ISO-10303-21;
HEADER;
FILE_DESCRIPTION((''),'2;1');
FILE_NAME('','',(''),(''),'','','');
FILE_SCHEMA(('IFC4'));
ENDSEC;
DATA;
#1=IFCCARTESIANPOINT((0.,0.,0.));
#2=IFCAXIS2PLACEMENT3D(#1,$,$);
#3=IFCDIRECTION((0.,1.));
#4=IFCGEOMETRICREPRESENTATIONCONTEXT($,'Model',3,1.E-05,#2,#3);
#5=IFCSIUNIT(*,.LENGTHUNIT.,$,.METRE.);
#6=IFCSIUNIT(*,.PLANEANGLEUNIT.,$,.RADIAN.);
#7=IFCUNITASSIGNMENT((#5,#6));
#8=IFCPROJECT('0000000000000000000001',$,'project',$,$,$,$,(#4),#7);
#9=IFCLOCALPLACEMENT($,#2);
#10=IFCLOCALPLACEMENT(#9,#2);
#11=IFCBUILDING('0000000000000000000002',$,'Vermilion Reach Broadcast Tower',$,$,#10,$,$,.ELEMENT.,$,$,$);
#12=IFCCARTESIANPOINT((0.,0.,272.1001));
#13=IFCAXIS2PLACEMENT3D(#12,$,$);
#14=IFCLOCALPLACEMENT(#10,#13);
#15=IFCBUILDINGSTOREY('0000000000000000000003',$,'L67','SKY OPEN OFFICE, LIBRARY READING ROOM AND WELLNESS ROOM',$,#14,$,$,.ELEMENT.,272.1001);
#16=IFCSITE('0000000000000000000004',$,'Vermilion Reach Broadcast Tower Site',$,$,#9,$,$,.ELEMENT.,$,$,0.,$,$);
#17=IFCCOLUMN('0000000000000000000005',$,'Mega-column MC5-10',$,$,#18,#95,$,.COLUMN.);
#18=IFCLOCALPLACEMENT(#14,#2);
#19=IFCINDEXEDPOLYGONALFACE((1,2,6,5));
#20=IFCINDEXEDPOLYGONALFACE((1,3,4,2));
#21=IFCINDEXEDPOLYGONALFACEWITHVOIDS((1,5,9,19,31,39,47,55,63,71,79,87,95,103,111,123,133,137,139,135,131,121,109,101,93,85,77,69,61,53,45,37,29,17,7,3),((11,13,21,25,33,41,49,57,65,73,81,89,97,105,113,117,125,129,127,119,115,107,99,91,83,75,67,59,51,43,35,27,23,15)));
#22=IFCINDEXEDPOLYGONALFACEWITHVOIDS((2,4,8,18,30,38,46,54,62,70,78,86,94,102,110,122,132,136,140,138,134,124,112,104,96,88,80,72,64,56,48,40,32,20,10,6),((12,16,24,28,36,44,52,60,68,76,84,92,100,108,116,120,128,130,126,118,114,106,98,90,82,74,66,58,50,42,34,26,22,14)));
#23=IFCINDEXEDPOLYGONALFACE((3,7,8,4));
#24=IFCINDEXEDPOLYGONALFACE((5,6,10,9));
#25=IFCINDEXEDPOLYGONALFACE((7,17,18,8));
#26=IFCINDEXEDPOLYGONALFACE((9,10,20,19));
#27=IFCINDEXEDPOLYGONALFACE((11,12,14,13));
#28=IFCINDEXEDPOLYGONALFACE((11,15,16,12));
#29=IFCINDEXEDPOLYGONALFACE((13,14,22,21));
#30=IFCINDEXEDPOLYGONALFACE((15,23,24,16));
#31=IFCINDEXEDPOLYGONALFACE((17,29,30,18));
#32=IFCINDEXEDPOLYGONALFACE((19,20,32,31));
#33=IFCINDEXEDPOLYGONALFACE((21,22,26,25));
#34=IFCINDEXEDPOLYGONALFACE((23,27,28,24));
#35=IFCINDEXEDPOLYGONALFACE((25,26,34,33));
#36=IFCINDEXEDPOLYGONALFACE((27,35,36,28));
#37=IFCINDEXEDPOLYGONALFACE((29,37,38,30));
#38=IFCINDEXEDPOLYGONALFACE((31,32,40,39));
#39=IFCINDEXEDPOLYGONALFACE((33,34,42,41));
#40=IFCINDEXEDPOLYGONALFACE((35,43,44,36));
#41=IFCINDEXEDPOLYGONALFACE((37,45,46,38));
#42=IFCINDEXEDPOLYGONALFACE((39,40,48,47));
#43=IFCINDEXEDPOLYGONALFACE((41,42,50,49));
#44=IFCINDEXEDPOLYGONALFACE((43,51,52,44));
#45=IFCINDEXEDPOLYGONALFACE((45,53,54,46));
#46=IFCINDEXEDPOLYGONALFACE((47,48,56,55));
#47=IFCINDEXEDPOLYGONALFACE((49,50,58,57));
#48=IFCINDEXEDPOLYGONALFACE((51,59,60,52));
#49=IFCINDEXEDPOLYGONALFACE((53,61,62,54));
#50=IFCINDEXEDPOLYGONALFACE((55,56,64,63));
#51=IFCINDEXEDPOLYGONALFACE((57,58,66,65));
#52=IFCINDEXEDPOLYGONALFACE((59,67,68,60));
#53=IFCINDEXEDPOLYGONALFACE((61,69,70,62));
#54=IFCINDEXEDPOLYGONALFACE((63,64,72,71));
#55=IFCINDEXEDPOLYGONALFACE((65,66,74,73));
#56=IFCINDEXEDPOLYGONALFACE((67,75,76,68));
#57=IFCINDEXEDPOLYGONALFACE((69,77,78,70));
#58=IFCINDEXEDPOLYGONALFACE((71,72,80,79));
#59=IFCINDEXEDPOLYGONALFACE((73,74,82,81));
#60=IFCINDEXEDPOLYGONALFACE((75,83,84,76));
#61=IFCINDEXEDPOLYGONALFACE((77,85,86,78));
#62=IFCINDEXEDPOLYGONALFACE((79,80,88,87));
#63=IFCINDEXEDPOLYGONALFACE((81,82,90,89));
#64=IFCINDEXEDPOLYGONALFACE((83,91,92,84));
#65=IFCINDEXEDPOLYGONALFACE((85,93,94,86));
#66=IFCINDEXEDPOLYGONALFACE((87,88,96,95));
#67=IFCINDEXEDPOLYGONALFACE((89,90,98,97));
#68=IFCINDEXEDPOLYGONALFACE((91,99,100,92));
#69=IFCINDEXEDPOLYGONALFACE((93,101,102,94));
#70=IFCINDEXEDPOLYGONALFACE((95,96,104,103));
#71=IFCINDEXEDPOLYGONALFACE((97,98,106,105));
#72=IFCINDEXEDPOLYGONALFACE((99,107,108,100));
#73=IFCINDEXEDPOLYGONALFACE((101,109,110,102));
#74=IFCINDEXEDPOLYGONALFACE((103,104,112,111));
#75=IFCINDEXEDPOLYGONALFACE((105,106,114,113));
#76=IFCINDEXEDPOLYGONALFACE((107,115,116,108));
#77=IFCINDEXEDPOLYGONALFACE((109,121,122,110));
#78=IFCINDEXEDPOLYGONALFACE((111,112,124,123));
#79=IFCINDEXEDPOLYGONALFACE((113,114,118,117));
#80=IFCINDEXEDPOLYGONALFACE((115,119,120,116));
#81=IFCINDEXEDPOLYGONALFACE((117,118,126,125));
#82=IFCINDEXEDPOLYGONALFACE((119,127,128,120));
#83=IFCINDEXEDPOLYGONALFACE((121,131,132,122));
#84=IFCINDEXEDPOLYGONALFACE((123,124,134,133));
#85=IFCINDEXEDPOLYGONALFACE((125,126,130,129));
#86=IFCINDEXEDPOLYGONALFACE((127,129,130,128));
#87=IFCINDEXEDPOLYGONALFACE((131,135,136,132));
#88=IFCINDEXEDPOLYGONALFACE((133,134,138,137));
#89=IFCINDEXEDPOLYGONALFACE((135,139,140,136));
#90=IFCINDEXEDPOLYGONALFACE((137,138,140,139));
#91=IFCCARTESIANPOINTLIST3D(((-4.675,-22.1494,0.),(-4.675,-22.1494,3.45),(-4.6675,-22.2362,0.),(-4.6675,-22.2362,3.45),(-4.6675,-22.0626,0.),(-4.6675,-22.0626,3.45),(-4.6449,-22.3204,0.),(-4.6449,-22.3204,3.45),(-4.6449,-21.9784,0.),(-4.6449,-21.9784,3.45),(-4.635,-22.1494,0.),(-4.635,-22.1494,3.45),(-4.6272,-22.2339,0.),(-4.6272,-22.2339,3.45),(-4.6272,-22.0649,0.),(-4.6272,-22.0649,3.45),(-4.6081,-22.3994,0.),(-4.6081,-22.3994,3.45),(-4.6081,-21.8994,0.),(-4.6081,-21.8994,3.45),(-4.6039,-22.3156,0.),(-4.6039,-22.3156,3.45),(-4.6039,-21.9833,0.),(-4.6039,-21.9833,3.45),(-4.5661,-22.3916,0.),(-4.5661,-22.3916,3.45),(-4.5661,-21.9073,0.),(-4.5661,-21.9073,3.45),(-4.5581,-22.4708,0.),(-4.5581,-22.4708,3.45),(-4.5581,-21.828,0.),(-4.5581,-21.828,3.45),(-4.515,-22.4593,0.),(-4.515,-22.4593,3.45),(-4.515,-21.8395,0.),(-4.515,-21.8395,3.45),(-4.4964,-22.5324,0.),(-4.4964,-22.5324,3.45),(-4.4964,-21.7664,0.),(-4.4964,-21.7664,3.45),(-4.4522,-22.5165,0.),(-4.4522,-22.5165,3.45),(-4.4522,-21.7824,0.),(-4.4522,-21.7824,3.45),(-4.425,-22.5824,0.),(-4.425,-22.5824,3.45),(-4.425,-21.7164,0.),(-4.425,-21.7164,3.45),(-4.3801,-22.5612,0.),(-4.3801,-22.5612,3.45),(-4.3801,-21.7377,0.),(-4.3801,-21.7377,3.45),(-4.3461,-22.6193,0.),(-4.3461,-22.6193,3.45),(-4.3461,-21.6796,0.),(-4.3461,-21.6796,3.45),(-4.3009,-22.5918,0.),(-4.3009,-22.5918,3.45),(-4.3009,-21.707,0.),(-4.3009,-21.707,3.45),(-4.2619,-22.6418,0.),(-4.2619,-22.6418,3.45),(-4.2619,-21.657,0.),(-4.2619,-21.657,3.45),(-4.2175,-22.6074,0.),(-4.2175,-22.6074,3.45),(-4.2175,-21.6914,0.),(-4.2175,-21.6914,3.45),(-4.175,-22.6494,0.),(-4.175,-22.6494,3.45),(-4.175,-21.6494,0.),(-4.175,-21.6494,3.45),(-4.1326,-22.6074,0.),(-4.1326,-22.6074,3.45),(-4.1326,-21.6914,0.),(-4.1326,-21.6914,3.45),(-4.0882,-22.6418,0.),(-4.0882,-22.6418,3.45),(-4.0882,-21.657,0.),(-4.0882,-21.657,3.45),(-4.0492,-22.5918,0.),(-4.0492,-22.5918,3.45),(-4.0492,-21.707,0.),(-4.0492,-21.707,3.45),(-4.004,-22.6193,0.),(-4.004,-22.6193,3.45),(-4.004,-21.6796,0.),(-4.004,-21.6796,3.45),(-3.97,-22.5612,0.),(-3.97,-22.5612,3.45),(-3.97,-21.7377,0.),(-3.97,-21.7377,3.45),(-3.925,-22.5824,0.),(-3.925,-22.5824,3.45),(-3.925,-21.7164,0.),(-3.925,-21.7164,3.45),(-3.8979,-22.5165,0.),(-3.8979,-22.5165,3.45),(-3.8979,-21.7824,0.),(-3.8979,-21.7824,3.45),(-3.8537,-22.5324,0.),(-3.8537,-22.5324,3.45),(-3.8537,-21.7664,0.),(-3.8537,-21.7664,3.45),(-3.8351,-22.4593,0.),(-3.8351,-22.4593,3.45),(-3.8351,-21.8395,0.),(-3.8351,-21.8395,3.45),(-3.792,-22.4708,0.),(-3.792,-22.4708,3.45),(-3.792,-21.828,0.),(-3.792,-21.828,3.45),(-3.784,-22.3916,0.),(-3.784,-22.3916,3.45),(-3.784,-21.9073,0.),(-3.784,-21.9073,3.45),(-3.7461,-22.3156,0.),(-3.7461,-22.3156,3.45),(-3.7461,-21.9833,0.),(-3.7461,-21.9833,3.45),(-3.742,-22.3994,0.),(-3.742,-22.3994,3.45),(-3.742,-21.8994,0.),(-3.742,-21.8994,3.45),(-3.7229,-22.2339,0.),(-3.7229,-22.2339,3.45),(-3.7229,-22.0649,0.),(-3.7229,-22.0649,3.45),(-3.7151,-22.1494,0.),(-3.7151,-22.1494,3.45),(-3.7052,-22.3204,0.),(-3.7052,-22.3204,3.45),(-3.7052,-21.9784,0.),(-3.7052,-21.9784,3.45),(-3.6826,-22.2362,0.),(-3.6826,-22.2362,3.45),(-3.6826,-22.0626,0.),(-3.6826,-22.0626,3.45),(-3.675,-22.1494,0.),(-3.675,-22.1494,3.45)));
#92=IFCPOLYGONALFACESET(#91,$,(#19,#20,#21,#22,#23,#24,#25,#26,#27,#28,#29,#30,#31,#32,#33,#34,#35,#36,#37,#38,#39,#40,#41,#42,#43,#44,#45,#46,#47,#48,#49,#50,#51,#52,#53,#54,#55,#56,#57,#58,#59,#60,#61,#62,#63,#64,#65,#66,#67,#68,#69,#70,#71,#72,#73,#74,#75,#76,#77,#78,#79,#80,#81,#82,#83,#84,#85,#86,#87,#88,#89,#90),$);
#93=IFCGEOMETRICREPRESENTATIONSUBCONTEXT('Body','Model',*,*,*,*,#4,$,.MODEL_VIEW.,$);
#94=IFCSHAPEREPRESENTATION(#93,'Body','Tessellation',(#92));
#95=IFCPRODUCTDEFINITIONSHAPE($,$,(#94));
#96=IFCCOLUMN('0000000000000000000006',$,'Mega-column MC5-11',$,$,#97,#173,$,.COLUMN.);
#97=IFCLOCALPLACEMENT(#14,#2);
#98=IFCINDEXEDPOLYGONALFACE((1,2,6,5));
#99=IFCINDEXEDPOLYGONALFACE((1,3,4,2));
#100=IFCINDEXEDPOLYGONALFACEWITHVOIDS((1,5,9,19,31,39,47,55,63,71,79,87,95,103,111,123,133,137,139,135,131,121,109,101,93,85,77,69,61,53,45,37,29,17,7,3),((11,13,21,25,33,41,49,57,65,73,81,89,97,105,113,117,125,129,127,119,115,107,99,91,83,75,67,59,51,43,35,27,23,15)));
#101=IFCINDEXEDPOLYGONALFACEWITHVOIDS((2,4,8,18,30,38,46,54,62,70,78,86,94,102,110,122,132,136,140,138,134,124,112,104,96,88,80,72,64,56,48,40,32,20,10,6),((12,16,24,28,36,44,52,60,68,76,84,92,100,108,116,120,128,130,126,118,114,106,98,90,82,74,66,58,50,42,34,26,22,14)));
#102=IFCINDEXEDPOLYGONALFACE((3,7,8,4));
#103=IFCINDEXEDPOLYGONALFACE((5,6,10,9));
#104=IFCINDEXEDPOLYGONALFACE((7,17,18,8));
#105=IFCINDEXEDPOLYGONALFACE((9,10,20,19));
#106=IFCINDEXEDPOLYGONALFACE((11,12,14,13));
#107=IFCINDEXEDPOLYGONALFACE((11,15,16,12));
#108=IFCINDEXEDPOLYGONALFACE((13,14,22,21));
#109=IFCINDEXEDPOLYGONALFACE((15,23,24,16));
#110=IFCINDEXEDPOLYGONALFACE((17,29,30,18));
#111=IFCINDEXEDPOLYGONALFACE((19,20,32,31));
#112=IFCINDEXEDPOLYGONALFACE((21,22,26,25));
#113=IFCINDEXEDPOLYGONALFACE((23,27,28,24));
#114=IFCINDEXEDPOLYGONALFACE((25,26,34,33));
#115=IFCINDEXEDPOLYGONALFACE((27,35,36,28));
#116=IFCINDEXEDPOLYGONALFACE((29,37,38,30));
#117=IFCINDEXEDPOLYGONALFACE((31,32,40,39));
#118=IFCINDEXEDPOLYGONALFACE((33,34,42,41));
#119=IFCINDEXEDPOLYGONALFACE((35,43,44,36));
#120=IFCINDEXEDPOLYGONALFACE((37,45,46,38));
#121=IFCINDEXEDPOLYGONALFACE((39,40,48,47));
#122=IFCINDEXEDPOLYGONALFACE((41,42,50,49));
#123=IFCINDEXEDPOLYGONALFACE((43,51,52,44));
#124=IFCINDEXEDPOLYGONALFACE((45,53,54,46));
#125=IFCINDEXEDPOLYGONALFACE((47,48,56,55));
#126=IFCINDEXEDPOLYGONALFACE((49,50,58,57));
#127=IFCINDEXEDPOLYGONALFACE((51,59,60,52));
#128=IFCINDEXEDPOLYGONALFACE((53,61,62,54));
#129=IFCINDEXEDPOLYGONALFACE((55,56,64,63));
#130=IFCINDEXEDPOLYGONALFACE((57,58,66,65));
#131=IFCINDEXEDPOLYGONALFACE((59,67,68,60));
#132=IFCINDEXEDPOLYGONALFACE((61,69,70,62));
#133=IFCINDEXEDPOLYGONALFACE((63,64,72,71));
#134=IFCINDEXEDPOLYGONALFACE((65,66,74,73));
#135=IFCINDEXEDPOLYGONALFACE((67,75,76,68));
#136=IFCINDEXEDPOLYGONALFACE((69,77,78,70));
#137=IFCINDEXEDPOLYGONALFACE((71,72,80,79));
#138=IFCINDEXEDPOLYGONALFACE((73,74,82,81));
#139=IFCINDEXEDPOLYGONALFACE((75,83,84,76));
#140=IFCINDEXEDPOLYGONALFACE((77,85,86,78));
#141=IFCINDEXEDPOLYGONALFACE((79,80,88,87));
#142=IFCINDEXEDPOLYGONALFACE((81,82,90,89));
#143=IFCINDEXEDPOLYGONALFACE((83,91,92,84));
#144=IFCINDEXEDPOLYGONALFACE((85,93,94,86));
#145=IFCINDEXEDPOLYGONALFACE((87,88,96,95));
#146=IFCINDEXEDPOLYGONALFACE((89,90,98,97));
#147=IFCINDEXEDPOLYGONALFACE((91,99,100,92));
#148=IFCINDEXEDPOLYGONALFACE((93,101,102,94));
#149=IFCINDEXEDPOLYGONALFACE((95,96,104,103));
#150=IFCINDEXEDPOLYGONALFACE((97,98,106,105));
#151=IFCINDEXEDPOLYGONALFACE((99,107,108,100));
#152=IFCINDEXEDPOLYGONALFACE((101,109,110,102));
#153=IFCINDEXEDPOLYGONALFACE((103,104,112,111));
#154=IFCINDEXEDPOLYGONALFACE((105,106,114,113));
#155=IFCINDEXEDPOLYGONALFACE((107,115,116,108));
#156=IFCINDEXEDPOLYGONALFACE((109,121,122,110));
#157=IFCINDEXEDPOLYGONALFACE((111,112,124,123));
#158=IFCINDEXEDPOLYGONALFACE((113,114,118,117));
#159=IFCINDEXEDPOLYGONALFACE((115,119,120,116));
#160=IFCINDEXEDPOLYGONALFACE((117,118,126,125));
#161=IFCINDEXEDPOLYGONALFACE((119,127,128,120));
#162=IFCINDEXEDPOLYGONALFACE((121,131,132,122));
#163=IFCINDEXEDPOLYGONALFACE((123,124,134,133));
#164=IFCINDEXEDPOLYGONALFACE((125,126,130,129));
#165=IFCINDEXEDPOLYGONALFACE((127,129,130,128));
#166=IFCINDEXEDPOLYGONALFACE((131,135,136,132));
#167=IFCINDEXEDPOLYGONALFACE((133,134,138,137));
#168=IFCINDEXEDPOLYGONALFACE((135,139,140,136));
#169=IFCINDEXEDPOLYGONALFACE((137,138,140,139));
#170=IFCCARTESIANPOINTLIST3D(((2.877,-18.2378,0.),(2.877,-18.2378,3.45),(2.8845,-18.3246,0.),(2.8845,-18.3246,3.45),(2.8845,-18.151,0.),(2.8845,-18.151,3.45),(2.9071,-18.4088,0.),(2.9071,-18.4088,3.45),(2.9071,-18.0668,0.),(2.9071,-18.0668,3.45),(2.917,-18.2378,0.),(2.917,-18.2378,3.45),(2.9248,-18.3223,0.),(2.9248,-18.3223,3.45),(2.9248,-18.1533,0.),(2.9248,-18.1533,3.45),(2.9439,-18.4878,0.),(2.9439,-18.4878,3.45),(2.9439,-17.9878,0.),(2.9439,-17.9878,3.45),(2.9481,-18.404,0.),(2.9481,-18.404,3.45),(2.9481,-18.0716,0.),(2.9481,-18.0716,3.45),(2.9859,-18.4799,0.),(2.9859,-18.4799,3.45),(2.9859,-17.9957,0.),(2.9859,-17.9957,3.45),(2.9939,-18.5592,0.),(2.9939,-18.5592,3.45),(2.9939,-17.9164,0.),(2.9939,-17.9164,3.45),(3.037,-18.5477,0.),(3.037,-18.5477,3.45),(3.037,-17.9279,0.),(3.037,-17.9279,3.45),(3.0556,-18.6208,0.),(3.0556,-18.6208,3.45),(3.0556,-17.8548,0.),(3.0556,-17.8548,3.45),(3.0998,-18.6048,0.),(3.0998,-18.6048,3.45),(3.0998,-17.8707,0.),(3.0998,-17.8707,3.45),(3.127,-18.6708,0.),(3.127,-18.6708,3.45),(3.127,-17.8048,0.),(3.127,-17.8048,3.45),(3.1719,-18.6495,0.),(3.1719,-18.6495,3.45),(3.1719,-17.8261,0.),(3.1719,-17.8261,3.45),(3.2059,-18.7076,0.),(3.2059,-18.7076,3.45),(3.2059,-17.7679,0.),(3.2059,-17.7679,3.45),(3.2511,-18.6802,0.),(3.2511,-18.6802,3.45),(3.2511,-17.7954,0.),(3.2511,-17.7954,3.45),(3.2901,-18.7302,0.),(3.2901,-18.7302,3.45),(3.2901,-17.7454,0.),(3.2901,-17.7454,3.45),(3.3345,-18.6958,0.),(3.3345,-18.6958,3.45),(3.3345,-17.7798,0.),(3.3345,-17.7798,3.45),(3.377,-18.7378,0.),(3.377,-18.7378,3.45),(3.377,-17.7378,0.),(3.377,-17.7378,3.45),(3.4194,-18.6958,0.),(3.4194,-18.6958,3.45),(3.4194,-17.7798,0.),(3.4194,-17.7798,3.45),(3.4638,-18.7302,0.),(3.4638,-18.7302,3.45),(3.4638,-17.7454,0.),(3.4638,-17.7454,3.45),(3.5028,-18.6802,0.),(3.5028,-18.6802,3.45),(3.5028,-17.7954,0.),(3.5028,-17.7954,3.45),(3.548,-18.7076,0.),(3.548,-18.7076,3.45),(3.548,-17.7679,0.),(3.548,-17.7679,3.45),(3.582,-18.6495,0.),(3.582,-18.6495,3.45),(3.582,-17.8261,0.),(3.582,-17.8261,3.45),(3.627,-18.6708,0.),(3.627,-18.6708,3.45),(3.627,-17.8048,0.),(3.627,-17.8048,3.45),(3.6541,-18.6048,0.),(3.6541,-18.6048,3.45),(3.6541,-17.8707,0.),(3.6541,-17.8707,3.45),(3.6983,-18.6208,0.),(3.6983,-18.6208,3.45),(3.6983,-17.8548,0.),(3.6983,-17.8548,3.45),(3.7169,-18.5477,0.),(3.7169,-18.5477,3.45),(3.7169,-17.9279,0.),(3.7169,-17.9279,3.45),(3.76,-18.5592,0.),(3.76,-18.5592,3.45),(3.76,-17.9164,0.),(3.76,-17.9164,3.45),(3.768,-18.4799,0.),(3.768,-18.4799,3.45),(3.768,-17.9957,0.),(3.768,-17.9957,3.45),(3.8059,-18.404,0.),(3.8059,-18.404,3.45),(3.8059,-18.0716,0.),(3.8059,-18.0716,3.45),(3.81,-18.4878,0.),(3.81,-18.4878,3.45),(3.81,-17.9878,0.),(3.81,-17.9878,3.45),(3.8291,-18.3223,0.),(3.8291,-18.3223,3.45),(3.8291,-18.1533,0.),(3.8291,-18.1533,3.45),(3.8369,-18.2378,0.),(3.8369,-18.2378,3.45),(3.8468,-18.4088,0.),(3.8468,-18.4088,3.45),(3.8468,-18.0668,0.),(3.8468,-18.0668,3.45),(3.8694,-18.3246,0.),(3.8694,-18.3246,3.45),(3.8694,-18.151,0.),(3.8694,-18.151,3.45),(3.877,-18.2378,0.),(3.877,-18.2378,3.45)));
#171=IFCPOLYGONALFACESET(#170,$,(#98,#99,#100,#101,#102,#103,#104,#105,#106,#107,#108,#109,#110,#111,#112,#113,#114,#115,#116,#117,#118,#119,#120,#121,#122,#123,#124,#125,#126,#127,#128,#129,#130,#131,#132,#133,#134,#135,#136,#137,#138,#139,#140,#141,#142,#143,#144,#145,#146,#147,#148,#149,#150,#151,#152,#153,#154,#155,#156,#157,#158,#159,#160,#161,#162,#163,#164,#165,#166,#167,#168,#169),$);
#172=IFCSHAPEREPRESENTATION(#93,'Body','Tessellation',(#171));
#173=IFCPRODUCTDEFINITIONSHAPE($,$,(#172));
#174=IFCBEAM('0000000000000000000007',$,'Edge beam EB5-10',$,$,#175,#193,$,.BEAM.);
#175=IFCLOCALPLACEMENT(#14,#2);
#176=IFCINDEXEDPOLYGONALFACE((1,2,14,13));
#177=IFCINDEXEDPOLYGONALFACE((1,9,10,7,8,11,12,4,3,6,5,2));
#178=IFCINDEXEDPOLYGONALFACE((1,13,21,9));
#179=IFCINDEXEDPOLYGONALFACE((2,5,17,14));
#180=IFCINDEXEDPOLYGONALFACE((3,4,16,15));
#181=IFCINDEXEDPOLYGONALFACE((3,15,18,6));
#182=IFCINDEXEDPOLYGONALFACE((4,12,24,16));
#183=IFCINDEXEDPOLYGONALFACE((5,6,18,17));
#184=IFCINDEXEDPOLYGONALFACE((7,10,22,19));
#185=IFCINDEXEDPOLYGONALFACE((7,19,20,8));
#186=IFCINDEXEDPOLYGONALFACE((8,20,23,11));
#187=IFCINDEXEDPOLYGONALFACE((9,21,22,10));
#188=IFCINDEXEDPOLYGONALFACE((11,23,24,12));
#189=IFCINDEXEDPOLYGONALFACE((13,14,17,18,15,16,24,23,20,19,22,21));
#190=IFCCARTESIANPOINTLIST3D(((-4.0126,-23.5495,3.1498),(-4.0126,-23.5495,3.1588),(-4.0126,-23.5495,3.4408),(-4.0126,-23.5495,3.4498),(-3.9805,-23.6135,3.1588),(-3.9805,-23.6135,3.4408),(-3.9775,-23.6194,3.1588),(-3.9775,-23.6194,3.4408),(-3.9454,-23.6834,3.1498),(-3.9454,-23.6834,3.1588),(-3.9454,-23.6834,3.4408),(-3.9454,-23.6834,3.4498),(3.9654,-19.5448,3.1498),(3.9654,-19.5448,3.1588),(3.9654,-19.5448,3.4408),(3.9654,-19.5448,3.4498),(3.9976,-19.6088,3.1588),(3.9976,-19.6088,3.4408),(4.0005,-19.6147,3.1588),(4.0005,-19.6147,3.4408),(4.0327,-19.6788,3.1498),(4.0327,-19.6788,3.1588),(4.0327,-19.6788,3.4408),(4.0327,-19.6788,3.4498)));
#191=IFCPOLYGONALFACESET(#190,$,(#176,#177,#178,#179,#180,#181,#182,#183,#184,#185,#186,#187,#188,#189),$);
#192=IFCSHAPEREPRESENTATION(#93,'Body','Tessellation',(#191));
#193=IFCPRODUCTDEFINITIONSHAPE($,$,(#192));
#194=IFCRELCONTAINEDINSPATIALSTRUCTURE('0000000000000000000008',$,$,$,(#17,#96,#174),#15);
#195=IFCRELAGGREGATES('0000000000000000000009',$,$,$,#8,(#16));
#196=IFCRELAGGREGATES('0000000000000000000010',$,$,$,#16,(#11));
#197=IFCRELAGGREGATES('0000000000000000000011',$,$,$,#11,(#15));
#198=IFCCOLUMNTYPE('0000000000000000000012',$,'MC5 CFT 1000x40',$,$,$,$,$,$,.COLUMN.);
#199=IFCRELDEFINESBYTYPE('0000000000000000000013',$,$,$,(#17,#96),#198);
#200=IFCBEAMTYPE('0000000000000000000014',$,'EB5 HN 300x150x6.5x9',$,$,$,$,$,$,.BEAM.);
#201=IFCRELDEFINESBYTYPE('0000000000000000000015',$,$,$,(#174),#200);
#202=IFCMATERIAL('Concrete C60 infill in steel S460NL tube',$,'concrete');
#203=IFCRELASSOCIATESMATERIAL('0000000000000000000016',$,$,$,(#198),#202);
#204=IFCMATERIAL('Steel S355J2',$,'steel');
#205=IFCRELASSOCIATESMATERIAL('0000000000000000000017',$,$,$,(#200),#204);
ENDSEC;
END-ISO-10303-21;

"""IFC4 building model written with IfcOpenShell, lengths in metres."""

from ifc_helpers import new_model, si_unit, direction, frame, origin, origin_2d, place, context, subcontext, project, spatial, hollow_circle, i_section, extrude, material, material_profile, profile_set, type_object, element, save


model = new_model("IFC4")

# Units and contexts
model_context = context("Model", 3, precision=1e-05, world=origin(), true_north=direction((0.0, 1.0)))
body_context = subcontext(model_context, "Body", "Model", "MODEL_VIEW")
ifc_project = project(units=[si_unit("LENGTHUNIT", "METRE"), si_unit("PLANEANGLEUNIT", "RADIAN")], contexts=[model_context])

# Site, building, storey
site_placement = place(None, origin())
site = spatial("IfcSite", under=ifc_project, at=site_placement, Name="Vermilion Reach Broadcast Tower Site", CompositionType="ELEMENT", RefElevation=0.0)
building_placement = place(site_placement, origin())
building = spatial("IfcBuilding", under=site, at=building_placement, Name="Vermilion Reach Broadcast Tower", CompositionType="ELEMENT")
storey_placement = place(building_placement, frame((0.0, 0.0, 272.1001)))
storey = spatial("IfcBuildingStorey", under=building, at=storey_placement, Name="L67", Description="SKY OPEN OFFICE, LIBRARY READING ROOM AND WELLNESS ROOM", CompositionType="ELEMENT", Elevation=272.1001)

# Columns
ifc_material_1 = material(Name="Concrete C60 infill in steel S460NL tube", Category="concrete")
ifc_material_profile_1 = material_profile(ifc_material_1, hollow_circle(Radius=0.5, WallThickness=0.04, at=origin_2d()), Name="Concrete C60 infill in steel S460NL tube CFT 1000x40")
ifc_profile_set_1 = profile_set([ifc_material_profile_1], Name="Concrete C60 infill in steel S460NL tube")
column_type = type_object("IfcColumnType", Name="MC5 CFT 1000x40", PredefinedType="COLUMN", material=ifc_profile_set_1)
for number, where, z_axis, x_axis, name in (
    (1, (-4.175, -22.1494, 0.0), (0.0, 0.0, 1.0), (1.0, 0.0, 0.0), "Mega-column MC5-10"),
    (2, (3.377, -18.2378, 0.0), (0.0, 0.0, 1.0), (1.0, 0.0, 0.0), "Mega-column MC5-11"),
):
    element("IfcColumn", number, at=place(storey_placement, frame(where, z_axis=z_axis, x_axis=x_axis)), inside=storey, type_object=column_type, Name=name, PredefinedType="COLUMN", context=body_context, shape_type="SweptSolid", body=[
        extrude(hollow_circle(Radius=0.5, WallThickness=0.04, at=origin_2d()), origin(), (0.0, 0.0, 1.0), 3.45),
    ])

# Beam
ifc_material_2 = material(Name="Steel S355J2", Category="steel")
ifc_material_profile_2 = material_profile(ifc_material_2, i_section(OverallWidth=0.1499, OverallDepth=0.3, WebThickness=0.0066, FlangeThickness=0.009, at=origin_2d()), Name="S355J2 HN 300x150x6.5x9")
ifc_profile_set_2 = profile_set([ifc_material_profile_2], Name="Steel S355J2")
beam_type_1 = type_object("IfcBeamType", Name="EB5 HN 300x150x6.5x9", PredefinedType="BEAM", material=ifc_profile_set_2)
beam_1_placement = place(storey_placement, frame((-3.979, -23.6165, 3.2998), z_axis=(0.893726, 0.448613, 0.0), x_axis=(-0.448613, 0.893726, 0.0)))
element("IfcBeam", 3, at=beam_1_placement, inside=storey, type_object=beam_type_1, Name="Edge beam EB5-10", PredefinedType="BEAM", context=body_context, shape_type="SweptSolid", body=[
    extrude(i_section(OverallWidth=0.1499, OverallDepth=0.3, WebThickness=0.0066, FlangeThickness=0.009, at=origin_2d()), origin(), (0.0, 0.0, 1.0), 8.9268),
])

save(model, "model.ifc")
